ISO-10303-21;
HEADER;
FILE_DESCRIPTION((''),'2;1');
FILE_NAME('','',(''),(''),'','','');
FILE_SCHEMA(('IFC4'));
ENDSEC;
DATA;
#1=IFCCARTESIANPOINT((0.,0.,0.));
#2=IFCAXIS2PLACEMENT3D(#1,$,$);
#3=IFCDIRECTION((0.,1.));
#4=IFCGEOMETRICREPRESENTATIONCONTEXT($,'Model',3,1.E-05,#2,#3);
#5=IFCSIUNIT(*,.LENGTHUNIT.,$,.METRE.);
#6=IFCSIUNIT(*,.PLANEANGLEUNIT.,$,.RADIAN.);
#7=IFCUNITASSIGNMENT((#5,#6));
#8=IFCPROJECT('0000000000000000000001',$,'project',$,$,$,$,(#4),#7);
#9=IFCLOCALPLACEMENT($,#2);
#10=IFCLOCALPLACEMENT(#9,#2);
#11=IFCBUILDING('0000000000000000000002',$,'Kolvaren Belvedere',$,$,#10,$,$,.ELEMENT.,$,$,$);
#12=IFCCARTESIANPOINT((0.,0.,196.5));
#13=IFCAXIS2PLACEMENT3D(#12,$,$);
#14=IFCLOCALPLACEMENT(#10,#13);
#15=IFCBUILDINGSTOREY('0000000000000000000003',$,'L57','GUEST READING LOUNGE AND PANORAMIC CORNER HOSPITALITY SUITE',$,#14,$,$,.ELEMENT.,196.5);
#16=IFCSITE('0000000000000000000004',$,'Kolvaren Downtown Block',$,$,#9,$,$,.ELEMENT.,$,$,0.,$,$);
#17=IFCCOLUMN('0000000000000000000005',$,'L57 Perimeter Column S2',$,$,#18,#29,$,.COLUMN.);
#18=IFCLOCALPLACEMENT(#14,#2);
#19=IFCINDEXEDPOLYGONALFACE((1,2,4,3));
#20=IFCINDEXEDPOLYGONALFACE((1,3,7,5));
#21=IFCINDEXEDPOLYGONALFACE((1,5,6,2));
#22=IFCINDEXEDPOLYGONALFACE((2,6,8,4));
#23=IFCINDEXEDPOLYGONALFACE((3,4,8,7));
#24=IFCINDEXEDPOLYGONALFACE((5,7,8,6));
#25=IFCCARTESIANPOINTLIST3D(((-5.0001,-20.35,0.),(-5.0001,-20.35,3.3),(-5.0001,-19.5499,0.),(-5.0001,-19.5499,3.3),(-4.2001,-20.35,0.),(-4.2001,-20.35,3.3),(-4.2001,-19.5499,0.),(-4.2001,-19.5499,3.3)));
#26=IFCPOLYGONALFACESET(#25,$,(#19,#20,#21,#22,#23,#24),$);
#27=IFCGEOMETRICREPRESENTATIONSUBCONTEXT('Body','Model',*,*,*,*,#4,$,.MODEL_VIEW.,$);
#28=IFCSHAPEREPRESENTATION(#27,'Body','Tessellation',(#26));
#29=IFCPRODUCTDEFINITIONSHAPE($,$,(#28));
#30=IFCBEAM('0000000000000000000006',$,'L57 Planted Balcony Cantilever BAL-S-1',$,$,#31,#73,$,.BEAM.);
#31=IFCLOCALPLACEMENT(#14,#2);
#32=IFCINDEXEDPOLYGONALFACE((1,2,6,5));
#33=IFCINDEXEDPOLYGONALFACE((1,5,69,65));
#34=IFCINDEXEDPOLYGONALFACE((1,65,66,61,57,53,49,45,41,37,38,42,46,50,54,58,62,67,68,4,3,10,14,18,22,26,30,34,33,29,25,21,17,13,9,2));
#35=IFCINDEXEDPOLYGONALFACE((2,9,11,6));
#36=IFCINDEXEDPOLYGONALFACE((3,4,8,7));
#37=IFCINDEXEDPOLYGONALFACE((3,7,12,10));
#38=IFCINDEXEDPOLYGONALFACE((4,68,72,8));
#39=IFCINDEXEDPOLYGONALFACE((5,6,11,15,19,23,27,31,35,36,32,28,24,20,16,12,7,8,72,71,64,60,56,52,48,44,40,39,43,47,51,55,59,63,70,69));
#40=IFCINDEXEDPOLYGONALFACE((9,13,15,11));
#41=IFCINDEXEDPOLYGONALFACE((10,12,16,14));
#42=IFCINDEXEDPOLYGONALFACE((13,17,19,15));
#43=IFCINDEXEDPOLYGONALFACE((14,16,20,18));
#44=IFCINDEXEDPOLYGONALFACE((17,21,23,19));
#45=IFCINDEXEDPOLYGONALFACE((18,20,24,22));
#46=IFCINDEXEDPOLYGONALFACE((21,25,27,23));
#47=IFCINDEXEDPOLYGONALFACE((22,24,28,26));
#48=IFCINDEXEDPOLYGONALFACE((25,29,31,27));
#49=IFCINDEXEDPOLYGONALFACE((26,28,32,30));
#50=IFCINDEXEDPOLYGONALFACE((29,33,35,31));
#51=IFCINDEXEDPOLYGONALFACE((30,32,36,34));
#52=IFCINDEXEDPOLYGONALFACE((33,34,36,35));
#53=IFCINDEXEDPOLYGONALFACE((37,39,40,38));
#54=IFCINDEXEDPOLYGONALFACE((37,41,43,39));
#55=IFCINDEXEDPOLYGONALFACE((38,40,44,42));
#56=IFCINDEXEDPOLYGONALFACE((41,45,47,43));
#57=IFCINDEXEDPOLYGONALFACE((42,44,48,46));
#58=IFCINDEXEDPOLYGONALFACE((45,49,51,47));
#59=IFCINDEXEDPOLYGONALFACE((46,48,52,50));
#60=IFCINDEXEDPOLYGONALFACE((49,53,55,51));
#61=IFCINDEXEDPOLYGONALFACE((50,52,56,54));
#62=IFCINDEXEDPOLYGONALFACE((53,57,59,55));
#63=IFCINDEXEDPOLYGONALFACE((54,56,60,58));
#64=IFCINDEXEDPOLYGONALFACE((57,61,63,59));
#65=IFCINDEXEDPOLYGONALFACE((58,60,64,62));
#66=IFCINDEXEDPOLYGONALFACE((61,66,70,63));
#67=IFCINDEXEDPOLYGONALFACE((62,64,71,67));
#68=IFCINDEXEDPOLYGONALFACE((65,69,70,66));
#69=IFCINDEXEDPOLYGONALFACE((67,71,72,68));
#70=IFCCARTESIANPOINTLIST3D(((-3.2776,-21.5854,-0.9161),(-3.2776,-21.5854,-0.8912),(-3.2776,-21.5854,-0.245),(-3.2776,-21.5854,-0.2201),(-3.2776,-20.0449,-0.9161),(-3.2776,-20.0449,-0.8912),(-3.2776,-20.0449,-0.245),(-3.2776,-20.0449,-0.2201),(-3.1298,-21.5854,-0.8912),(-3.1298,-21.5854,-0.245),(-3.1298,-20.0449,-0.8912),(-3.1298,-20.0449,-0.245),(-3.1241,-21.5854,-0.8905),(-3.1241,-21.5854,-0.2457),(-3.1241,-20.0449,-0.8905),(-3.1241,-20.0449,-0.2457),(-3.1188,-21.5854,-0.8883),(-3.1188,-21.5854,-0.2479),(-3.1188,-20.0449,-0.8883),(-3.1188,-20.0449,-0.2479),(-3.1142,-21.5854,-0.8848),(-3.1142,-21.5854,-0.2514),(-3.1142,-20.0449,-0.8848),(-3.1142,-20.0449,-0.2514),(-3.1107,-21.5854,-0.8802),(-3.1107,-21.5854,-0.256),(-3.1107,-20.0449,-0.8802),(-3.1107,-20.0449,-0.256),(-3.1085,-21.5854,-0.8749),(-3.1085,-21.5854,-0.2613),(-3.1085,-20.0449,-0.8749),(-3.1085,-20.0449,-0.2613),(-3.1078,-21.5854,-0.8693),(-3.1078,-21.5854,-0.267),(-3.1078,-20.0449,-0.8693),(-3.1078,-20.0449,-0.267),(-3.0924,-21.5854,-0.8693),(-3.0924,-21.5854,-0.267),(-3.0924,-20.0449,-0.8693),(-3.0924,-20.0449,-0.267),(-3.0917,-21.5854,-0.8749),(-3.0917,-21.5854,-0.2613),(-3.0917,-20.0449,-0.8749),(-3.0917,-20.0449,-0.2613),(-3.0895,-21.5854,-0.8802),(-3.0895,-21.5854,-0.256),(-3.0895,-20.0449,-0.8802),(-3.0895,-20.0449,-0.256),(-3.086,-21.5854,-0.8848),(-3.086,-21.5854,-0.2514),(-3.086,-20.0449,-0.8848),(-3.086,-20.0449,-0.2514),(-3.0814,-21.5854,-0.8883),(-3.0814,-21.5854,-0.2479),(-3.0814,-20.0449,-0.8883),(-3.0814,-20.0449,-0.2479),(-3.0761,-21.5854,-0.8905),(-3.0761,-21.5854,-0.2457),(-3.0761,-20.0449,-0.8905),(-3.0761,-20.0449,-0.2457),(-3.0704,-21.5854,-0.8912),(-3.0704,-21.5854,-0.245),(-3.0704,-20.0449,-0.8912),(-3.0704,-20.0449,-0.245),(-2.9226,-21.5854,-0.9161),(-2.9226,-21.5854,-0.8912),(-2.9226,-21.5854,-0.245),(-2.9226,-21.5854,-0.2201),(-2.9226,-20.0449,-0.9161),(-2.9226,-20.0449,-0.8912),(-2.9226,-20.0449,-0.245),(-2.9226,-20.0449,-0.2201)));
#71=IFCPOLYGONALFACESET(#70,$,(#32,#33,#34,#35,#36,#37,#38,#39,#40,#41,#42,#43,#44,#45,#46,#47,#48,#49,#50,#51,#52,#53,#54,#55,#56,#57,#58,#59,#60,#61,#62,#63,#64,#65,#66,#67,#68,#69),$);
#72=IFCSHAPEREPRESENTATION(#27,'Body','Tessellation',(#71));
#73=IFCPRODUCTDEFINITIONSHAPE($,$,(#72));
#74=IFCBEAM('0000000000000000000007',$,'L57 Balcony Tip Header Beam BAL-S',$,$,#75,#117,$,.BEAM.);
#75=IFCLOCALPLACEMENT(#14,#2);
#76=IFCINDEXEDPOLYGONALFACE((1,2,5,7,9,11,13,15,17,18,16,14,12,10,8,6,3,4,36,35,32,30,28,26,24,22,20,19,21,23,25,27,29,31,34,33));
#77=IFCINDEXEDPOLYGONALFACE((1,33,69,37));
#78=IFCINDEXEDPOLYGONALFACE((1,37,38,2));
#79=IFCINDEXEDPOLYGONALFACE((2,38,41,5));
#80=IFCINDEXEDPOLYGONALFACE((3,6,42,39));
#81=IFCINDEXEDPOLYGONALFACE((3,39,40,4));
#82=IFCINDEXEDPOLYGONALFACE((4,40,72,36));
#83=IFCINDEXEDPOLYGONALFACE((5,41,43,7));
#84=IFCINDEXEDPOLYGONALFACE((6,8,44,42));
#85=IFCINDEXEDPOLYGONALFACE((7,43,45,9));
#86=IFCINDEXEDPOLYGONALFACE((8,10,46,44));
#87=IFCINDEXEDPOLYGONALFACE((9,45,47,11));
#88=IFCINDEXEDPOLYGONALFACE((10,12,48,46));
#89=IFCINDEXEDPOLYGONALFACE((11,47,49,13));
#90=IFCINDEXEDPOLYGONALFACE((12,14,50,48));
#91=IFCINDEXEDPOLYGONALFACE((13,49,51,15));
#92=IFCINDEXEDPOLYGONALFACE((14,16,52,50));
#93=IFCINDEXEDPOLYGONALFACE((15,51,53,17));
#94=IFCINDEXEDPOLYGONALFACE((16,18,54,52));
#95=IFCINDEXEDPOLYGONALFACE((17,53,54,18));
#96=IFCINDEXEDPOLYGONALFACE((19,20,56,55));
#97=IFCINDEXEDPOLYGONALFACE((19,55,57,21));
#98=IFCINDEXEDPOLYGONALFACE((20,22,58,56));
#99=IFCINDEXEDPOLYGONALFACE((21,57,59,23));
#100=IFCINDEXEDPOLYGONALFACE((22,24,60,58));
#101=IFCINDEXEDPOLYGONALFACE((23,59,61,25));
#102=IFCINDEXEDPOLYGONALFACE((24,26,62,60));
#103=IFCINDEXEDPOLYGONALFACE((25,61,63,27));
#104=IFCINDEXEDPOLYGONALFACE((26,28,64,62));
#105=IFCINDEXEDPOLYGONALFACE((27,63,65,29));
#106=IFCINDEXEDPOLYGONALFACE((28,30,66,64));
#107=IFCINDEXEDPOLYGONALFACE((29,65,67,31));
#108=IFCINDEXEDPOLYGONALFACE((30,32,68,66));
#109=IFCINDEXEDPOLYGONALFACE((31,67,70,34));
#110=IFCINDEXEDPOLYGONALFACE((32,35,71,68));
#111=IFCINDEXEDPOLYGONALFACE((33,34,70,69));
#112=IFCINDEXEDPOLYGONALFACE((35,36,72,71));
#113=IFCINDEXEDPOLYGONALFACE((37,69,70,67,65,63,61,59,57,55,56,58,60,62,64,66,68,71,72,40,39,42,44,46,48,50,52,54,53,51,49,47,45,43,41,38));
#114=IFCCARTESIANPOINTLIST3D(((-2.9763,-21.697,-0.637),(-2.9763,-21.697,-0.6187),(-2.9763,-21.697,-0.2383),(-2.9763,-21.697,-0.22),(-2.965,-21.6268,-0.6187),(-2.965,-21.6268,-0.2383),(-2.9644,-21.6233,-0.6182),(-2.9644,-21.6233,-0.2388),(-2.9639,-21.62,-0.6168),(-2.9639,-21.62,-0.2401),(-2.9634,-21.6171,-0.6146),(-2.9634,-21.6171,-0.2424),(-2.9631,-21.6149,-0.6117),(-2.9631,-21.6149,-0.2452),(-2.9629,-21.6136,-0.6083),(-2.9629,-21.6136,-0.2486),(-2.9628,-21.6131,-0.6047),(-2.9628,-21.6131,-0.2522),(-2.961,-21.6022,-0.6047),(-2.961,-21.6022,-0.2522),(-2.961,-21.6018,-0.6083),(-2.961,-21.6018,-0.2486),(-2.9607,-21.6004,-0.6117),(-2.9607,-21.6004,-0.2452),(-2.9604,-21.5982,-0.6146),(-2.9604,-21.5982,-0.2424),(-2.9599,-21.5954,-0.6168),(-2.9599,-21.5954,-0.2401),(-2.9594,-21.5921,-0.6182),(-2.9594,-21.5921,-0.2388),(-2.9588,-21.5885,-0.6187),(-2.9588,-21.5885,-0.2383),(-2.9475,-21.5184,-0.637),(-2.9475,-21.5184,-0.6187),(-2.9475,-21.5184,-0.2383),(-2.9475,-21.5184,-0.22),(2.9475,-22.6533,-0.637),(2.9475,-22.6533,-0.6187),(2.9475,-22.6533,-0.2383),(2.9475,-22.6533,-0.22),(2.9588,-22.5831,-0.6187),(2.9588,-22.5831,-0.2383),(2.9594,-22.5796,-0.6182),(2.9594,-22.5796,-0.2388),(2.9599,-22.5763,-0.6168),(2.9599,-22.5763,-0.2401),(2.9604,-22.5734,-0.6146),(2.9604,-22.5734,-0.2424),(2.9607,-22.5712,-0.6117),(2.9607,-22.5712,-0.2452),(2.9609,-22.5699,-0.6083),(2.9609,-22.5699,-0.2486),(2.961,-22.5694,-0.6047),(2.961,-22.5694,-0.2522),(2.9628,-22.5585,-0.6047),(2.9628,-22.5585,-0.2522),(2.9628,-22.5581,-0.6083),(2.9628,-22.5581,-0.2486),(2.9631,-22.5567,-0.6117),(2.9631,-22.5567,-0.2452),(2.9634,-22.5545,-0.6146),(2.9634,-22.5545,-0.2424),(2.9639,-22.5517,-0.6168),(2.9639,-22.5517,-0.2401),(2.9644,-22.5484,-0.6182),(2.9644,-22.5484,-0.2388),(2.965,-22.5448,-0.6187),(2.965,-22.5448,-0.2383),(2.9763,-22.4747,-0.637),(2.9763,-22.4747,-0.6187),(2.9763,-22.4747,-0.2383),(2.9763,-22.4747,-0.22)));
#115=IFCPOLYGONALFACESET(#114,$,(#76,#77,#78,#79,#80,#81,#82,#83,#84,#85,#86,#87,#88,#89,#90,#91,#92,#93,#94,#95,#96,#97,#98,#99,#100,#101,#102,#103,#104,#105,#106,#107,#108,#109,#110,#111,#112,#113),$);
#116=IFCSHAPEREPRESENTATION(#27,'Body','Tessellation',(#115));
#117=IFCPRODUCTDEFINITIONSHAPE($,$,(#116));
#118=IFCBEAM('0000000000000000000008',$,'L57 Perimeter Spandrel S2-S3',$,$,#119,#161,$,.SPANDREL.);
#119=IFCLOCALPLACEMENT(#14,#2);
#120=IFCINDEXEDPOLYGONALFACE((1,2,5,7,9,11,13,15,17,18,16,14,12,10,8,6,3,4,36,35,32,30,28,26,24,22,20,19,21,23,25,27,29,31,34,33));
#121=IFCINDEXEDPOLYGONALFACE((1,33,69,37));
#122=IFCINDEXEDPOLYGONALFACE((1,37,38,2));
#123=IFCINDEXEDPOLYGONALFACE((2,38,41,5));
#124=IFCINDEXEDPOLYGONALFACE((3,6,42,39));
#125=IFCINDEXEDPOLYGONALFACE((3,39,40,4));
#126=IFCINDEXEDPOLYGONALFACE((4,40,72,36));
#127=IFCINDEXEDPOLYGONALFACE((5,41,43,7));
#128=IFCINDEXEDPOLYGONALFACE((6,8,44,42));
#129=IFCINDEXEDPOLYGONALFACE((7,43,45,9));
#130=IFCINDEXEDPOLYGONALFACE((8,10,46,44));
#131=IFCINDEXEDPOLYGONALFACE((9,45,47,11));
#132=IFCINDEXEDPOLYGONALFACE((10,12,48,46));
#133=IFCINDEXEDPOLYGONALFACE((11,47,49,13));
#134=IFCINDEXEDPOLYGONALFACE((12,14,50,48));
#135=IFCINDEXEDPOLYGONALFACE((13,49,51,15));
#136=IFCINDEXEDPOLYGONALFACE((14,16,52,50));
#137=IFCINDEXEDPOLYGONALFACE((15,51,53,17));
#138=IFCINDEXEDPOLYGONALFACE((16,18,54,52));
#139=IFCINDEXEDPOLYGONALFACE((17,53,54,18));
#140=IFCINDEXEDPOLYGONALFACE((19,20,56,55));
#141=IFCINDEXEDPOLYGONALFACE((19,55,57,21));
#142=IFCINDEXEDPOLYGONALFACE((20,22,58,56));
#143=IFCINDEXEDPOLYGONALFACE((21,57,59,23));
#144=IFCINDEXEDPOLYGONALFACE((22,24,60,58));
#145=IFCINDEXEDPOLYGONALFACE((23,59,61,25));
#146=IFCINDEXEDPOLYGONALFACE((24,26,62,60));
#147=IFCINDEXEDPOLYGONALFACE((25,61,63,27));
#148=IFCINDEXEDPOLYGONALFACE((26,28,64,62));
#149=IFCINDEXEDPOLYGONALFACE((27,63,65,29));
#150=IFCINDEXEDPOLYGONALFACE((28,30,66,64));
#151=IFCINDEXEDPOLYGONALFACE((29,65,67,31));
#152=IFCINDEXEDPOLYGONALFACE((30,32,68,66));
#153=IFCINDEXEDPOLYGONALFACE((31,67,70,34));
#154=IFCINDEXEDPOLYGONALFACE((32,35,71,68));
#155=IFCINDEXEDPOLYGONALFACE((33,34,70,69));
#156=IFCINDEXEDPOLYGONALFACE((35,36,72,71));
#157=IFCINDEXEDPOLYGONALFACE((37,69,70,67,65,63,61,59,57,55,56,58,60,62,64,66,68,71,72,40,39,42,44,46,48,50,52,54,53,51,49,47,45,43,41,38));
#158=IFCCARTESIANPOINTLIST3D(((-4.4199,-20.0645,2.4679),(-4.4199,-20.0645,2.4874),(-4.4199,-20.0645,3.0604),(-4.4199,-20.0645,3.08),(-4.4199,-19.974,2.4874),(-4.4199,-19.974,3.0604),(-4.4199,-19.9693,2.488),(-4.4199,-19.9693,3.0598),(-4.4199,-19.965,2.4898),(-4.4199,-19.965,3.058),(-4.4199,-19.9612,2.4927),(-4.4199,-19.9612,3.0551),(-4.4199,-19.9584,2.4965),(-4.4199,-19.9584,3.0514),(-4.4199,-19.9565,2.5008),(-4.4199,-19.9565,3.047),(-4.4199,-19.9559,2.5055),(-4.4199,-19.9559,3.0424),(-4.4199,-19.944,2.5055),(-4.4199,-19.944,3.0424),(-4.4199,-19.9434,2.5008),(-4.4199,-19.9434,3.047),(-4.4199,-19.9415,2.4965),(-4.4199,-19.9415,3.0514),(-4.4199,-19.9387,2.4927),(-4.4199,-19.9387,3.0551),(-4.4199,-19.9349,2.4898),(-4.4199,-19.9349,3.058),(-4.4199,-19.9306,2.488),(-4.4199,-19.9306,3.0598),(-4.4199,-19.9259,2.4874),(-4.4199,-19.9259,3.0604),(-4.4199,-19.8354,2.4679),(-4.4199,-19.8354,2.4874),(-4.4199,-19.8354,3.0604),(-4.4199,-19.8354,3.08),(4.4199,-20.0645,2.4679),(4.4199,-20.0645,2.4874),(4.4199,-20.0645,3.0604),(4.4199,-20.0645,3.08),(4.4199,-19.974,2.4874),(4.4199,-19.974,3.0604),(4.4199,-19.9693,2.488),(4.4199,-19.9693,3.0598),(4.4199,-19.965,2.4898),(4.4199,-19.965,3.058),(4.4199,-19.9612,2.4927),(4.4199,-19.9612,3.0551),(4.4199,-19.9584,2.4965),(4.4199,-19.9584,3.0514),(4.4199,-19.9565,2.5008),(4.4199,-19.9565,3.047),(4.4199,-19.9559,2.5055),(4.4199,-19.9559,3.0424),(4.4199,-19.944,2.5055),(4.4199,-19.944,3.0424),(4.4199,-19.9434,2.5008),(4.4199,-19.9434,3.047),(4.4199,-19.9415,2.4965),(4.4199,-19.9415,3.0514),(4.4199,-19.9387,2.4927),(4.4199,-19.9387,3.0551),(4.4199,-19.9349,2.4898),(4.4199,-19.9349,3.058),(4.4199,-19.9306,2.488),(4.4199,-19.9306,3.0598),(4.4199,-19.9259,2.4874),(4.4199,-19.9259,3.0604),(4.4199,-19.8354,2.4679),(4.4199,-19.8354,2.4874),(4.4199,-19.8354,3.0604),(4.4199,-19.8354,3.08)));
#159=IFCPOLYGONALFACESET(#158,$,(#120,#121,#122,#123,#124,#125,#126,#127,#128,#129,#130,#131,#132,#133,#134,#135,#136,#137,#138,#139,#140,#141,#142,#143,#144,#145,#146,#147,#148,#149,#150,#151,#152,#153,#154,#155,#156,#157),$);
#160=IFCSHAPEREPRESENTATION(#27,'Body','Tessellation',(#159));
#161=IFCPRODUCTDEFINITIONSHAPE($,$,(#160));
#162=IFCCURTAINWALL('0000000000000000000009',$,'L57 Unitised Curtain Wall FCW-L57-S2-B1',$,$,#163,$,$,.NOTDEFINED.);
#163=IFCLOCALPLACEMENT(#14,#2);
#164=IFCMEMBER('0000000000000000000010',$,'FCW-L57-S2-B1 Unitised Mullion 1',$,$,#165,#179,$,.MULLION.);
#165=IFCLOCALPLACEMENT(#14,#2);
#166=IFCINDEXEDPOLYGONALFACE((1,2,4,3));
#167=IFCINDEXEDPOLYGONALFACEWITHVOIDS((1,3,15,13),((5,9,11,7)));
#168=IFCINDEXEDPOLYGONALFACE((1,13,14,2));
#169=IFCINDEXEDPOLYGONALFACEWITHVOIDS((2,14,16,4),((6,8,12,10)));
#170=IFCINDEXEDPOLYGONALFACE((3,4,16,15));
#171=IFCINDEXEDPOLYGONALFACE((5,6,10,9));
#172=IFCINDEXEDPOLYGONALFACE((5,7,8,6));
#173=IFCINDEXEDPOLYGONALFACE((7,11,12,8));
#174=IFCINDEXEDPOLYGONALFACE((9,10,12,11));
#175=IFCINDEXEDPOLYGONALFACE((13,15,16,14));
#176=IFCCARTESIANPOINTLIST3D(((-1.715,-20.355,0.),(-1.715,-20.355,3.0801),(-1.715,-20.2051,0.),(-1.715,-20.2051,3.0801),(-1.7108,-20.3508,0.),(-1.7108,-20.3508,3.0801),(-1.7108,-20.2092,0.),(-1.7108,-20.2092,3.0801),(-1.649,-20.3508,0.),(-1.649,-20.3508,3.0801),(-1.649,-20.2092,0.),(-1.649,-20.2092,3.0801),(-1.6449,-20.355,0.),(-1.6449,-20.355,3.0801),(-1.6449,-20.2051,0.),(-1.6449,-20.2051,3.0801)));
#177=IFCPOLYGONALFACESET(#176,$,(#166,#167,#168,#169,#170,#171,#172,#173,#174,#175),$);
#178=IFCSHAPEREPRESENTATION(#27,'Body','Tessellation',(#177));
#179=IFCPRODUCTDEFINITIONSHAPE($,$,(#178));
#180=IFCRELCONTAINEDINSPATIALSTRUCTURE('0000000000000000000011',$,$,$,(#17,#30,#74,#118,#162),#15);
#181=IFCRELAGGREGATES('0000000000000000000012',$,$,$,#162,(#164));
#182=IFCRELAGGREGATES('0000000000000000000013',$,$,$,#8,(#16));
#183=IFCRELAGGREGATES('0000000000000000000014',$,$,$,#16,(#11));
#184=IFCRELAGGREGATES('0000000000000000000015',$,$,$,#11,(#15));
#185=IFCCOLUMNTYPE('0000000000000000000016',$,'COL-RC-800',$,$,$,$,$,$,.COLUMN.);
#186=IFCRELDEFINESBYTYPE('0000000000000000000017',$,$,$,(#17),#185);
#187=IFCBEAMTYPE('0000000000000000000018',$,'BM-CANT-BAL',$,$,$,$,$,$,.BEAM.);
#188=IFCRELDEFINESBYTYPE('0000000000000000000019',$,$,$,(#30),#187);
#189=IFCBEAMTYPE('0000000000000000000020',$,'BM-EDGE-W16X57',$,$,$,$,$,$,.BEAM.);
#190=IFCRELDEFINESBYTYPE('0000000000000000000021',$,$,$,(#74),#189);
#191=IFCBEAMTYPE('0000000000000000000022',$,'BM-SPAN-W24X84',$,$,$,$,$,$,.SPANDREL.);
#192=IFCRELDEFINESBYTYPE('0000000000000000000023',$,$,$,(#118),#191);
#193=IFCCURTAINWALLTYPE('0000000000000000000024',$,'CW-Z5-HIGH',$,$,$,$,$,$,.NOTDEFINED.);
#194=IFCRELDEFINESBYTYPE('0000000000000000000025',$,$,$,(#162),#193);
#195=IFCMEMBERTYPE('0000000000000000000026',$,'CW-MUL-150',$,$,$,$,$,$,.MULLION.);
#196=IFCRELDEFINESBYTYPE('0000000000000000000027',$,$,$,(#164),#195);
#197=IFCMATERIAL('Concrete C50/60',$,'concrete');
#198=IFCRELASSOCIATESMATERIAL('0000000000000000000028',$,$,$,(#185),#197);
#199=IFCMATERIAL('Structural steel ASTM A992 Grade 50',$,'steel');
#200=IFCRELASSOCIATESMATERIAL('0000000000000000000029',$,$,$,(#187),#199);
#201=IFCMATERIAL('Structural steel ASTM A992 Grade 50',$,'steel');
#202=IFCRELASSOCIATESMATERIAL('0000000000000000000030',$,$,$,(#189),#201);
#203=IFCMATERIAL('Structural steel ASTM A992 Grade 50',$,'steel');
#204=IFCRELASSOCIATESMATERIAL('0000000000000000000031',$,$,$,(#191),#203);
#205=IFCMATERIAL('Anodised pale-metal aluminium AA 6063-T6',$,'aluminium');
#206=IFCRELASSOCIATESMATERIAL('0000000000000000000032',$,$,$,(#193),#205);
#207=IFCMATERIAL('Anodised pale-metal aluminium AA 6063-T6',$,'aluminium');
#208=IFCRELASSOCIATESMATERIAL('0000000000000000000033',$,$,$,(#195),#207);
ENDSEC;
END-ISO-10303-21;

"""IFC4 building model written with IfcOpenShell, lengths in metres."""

from ifc_helpers import new_model, si_unit, direction, frame, origin, origin_2d, place, context, subcontext, project, spatial, rectangle, hollow_rectangle, i_section, extrude, material, material_profile, profile_set, type_object, element, aggregate, save


model = new_model("IFC4")

# Units and contexts
model_context = context("Model", 3, precision=1e-05, world=origin(), true_north=direction((0.0, 1.0)))
body_context = subcontext(model_context, "Body", "Model", "MODEL_VIEW")
ifc_project = project(units=[si_unit("LENGTHUNIT", "METRE"), si_unit("PLANEANGLEUNIT", "RADIAN")], contexts=[model_context])

# Site, building, storey
site_placement = place(None, origin())
site = spatial("IfcSite", under=ifc_project, at=site_placement, Name="Kolvaren Downtown Block", CompositionType="ELEMENT", RefElevation=0.0)
building_placement = place(site_placement, origin())
building = spatial("IfcBuilding", under=site, at=building_placement, Name="Kolvaren Belvedere", CompositionType="ELEMENT")
storey_placement = place(building_placement, frame((0.0, 0.0, 196.5)))
storey = spatial("IfcBuildingStorey", under=building, at=storey_placement, Name="L57", Description="GUEST READING LOUNGE AND PANORAMIC CORNER HOSPITALITY SUITE", CompositionType="ELEMENT", Elevation=196.5)

# Column
ifc_material_1 = material(Name="Concrete C50/60", Category="concrete")
ifc_material_profile_1 = material_profile(ifc_material_1, rectangle(XDim=0.8, YDim=0.8, at=origin_2d()), Name="RC 800X800")
ifc_profile_set_1 = profile_set([ifc_material_profile_1], Name="Concrete C50/60")
column_type = type_object("IfcColumnType", Name="COL-RC-800", PredefinedType="COLUMN", material=ifc_profile_set_1)
column_placement = place(storey_placement, frame((-4.6001, -19.95, 0.0), z_axis=(0.0, 0.0, 1.0), x_axis=(1.0, 0.0, 0.0)))
element("IfcColumn", 1, at=column_placement, inside=storey, type_object=column_type, Name="L57 Perimeter Column S2", PredefinedType="COLUMN", context=body_context, shape_type="SweptSolid", body=[
    extrude(rectangle(XDim=0.8, YDim=0.8, at=origin_2d()), origin(), (0.0, 0.0, 1.0), 3.3),
])

# Beams
ifc_material_2 = material(Name="Structural steel ASTM A992 Grade 50", Category="steel")
ifc_material_profile_2 = material_profile(ifc_material_2, i_section(OverallWidth=0.355, OverallDepth=0.696, WebThickness=0.0154, FlangeThickness=0.0249, FilletRadius=0.022, at=origin_2d()), Name="W27X146")
ifc_profile_set_2 = profile_set([ifc_material_profile_2], Name="Structural steel ASTM A992 Grade 50")
beam_type_1 = type_object("IfcBeamType", Name="BM-CANT-BAL", PredefinedType="BEAM", material=ifc_profile_set_2)
beam_1_placement = place(storey_placement, frame((-3.1001, -20.0449, -0.5681), z_axis=(0.0, -1.0, 0.0), x_axis=(1.0, 0.0, 0.0)))
element("IfcBeam", 2, at=beam_1_placement, inside=storey, type_object=beam_type_1, Name="L57 Planted Balcony Cantilever BAL-S-1", PredefinedType="BEAM", context=body_context, shape_type="SweptSolid", body=[
    extrude(i_section(OverallWidth=0.355, OverallDepth=0.696, WebThickness=0.0154, FlangeThickness=0.0249, FilletRadius=0.022, at=origin_2d()), origin(), (0.0, 0.0, 1.0), 1.5405),
])
ifc_material_3 = material(Name="Structural steel ASTM A992 Grade 50", Category="steel")
ifc_material_profile_3 = material_profile(ifc_material_3, i_section(OverallWidth=0.1809, OverallDepth=0.417, WebThickness=0.011, FlangeThickness=0.0183, FilletRadius=0.0139, at=origin_2d()), Name="W16X57")
ifc_profile_set_3 = profile_set([ifc_material_profile_3], Name="Structural steel ASTM A992 Grade 50")
beam_type_2 = type_object("IfcBeamType", Name="BM-EDGE-W16X57", PredefinedType="BEAM", material=ifc_profile_set_3)
beam_2_placement = place(storey_placement, frame((-2.9619, -21.6077, -0.4285), z_axis=(0.987219, -0.159369, 0.0), x_axis=(0.159369, 0.987219, 0.0)))
element("IfcBeam", 3, at=beam_2_placement, inside=storey, type_object=beam_type_2, Name="L57 Balcony Tip Header Beam BAL-S", PredefinedType="BEAM", context=body_context, shape_type="SweptSolid", body=[
    extrude(i_section(OverallWidth=0.1809, OverallDepth=0.417, WebThickness=0.011, FlangeThickness=0.0183, FilletRadius=0.0139, at=origin_2d()), origin(), (0.0, 0.0, 1.0), 6.0005),
])
ifc_material_4 = material(Name="Structural steel ASTM A992 Grade 50", Category="steel")
ifc_material_profile_4 = material_profile(ifc_material_4, i_section(OverallWidth=0.229, OverallDepth=0.6121, WebThickness=0.012, FlangeThickness=0.0195, FilletRadius=0.0181, at=origin_2d()), Name="W24X84")
ifc_profile_set_4 = profile_set([ifc_material_profile_4], Name="Structural steel ASTM A992 Grade 50")
beam_type_3 = type_object("IfcBeamType", Name="BM-SPAN-W24X84", PredefinedType="SPANDREL", material=ifc_profile_set_4)
beam_3_placement = place(storey_placement, frame((-4.4199, -19.95, 2.7739), z_axis=(1.0, 0.0, 0.0), x_axis=(0.0, 1.0, 0.0)))
element("IfcBeam", 4, at=beam_3_placement, inside=storey, type_object=beam_type_3, Name="L57 Perimeter Spandrel S2-S3", PredefinedType="SPANDREL", context=body_context, shape_type="SweptSolid", body=[
    extrude(i_section(OverallWidth=0.229, OverallDepth=0.6121, WebThickness=0.012, FlangeThickness=0.0195, FilletRadius=0.0181, at=origin_2d()), origin(), (0.0, 0.0, 1.0), 8.8398),
])

# Curtain wall, member
ifc_material_5 = material(Name="Anodised pale-metal aluminium AA 6063-T6", Category="aluminium")
curtain_wall_type = type_object("IfcCurtainWallType", Name="CW-Z5-HIGH", PredefinedType="NOTDEFINED", material=ifc_material_5)
curtain_wall_1_placement = place(storey_placement, origin())
curtain_wall_1 = element("IfcCurtainWall", 5, at=curtain_wall_1_placement, inside=storey, type_object=curtain_wall_type, Name="L57 Unitised Curtain Wall FCW-L57-S2-B1", PredefinedType="NOTDEFINED")
ifc_material_6 = material(Name="Anodised pale-metal aluminium AA 6063-T6", Category="aluminium")
ifc_material_profile_5 = material_profile(ifc_material_6, hollow_rectangle(XDim=0.0701, YDim=0.1499, WallThickness=0.0042, at=origin_2d()), Name="ALU-MUL-150X70")
ifc_profile_set_5 = profile_set([ifc_material_profile_5], Name="Anodised pale-metal aluminium AA 6063-T6")
member_type_1 = type_object("IfcMemberType", Name="CW-MUL-150", PredefinedType="MULLION", material=ifc_profile_set_5)
member_1_placement = place(storey_placement, frame((-1.6799, -20.28, 0.0), z_axis=(0.0, 0.0, 1.0), x_axis=(1.0, 0.0, 0.0)))
member_1 = element("IfcMember", 6, at=member_1_placement, type_object=member_type_1, Name="FCW-L57-S2-B1 Unitised Mullion 1", PredefinedType="MULLION", context=body_context, shape_type="SweptSolid", body=[
    extrude(hollow_rectangle(XDim=0.0701, YDim=0.1499, WallThickness=0.0042, at=origin_2d()), origin(), (0.0, 0.0, 1.0), 3.0801),
])

aggregate(curtain_wall_1, [member_1])

save(model, "model.ifc")
